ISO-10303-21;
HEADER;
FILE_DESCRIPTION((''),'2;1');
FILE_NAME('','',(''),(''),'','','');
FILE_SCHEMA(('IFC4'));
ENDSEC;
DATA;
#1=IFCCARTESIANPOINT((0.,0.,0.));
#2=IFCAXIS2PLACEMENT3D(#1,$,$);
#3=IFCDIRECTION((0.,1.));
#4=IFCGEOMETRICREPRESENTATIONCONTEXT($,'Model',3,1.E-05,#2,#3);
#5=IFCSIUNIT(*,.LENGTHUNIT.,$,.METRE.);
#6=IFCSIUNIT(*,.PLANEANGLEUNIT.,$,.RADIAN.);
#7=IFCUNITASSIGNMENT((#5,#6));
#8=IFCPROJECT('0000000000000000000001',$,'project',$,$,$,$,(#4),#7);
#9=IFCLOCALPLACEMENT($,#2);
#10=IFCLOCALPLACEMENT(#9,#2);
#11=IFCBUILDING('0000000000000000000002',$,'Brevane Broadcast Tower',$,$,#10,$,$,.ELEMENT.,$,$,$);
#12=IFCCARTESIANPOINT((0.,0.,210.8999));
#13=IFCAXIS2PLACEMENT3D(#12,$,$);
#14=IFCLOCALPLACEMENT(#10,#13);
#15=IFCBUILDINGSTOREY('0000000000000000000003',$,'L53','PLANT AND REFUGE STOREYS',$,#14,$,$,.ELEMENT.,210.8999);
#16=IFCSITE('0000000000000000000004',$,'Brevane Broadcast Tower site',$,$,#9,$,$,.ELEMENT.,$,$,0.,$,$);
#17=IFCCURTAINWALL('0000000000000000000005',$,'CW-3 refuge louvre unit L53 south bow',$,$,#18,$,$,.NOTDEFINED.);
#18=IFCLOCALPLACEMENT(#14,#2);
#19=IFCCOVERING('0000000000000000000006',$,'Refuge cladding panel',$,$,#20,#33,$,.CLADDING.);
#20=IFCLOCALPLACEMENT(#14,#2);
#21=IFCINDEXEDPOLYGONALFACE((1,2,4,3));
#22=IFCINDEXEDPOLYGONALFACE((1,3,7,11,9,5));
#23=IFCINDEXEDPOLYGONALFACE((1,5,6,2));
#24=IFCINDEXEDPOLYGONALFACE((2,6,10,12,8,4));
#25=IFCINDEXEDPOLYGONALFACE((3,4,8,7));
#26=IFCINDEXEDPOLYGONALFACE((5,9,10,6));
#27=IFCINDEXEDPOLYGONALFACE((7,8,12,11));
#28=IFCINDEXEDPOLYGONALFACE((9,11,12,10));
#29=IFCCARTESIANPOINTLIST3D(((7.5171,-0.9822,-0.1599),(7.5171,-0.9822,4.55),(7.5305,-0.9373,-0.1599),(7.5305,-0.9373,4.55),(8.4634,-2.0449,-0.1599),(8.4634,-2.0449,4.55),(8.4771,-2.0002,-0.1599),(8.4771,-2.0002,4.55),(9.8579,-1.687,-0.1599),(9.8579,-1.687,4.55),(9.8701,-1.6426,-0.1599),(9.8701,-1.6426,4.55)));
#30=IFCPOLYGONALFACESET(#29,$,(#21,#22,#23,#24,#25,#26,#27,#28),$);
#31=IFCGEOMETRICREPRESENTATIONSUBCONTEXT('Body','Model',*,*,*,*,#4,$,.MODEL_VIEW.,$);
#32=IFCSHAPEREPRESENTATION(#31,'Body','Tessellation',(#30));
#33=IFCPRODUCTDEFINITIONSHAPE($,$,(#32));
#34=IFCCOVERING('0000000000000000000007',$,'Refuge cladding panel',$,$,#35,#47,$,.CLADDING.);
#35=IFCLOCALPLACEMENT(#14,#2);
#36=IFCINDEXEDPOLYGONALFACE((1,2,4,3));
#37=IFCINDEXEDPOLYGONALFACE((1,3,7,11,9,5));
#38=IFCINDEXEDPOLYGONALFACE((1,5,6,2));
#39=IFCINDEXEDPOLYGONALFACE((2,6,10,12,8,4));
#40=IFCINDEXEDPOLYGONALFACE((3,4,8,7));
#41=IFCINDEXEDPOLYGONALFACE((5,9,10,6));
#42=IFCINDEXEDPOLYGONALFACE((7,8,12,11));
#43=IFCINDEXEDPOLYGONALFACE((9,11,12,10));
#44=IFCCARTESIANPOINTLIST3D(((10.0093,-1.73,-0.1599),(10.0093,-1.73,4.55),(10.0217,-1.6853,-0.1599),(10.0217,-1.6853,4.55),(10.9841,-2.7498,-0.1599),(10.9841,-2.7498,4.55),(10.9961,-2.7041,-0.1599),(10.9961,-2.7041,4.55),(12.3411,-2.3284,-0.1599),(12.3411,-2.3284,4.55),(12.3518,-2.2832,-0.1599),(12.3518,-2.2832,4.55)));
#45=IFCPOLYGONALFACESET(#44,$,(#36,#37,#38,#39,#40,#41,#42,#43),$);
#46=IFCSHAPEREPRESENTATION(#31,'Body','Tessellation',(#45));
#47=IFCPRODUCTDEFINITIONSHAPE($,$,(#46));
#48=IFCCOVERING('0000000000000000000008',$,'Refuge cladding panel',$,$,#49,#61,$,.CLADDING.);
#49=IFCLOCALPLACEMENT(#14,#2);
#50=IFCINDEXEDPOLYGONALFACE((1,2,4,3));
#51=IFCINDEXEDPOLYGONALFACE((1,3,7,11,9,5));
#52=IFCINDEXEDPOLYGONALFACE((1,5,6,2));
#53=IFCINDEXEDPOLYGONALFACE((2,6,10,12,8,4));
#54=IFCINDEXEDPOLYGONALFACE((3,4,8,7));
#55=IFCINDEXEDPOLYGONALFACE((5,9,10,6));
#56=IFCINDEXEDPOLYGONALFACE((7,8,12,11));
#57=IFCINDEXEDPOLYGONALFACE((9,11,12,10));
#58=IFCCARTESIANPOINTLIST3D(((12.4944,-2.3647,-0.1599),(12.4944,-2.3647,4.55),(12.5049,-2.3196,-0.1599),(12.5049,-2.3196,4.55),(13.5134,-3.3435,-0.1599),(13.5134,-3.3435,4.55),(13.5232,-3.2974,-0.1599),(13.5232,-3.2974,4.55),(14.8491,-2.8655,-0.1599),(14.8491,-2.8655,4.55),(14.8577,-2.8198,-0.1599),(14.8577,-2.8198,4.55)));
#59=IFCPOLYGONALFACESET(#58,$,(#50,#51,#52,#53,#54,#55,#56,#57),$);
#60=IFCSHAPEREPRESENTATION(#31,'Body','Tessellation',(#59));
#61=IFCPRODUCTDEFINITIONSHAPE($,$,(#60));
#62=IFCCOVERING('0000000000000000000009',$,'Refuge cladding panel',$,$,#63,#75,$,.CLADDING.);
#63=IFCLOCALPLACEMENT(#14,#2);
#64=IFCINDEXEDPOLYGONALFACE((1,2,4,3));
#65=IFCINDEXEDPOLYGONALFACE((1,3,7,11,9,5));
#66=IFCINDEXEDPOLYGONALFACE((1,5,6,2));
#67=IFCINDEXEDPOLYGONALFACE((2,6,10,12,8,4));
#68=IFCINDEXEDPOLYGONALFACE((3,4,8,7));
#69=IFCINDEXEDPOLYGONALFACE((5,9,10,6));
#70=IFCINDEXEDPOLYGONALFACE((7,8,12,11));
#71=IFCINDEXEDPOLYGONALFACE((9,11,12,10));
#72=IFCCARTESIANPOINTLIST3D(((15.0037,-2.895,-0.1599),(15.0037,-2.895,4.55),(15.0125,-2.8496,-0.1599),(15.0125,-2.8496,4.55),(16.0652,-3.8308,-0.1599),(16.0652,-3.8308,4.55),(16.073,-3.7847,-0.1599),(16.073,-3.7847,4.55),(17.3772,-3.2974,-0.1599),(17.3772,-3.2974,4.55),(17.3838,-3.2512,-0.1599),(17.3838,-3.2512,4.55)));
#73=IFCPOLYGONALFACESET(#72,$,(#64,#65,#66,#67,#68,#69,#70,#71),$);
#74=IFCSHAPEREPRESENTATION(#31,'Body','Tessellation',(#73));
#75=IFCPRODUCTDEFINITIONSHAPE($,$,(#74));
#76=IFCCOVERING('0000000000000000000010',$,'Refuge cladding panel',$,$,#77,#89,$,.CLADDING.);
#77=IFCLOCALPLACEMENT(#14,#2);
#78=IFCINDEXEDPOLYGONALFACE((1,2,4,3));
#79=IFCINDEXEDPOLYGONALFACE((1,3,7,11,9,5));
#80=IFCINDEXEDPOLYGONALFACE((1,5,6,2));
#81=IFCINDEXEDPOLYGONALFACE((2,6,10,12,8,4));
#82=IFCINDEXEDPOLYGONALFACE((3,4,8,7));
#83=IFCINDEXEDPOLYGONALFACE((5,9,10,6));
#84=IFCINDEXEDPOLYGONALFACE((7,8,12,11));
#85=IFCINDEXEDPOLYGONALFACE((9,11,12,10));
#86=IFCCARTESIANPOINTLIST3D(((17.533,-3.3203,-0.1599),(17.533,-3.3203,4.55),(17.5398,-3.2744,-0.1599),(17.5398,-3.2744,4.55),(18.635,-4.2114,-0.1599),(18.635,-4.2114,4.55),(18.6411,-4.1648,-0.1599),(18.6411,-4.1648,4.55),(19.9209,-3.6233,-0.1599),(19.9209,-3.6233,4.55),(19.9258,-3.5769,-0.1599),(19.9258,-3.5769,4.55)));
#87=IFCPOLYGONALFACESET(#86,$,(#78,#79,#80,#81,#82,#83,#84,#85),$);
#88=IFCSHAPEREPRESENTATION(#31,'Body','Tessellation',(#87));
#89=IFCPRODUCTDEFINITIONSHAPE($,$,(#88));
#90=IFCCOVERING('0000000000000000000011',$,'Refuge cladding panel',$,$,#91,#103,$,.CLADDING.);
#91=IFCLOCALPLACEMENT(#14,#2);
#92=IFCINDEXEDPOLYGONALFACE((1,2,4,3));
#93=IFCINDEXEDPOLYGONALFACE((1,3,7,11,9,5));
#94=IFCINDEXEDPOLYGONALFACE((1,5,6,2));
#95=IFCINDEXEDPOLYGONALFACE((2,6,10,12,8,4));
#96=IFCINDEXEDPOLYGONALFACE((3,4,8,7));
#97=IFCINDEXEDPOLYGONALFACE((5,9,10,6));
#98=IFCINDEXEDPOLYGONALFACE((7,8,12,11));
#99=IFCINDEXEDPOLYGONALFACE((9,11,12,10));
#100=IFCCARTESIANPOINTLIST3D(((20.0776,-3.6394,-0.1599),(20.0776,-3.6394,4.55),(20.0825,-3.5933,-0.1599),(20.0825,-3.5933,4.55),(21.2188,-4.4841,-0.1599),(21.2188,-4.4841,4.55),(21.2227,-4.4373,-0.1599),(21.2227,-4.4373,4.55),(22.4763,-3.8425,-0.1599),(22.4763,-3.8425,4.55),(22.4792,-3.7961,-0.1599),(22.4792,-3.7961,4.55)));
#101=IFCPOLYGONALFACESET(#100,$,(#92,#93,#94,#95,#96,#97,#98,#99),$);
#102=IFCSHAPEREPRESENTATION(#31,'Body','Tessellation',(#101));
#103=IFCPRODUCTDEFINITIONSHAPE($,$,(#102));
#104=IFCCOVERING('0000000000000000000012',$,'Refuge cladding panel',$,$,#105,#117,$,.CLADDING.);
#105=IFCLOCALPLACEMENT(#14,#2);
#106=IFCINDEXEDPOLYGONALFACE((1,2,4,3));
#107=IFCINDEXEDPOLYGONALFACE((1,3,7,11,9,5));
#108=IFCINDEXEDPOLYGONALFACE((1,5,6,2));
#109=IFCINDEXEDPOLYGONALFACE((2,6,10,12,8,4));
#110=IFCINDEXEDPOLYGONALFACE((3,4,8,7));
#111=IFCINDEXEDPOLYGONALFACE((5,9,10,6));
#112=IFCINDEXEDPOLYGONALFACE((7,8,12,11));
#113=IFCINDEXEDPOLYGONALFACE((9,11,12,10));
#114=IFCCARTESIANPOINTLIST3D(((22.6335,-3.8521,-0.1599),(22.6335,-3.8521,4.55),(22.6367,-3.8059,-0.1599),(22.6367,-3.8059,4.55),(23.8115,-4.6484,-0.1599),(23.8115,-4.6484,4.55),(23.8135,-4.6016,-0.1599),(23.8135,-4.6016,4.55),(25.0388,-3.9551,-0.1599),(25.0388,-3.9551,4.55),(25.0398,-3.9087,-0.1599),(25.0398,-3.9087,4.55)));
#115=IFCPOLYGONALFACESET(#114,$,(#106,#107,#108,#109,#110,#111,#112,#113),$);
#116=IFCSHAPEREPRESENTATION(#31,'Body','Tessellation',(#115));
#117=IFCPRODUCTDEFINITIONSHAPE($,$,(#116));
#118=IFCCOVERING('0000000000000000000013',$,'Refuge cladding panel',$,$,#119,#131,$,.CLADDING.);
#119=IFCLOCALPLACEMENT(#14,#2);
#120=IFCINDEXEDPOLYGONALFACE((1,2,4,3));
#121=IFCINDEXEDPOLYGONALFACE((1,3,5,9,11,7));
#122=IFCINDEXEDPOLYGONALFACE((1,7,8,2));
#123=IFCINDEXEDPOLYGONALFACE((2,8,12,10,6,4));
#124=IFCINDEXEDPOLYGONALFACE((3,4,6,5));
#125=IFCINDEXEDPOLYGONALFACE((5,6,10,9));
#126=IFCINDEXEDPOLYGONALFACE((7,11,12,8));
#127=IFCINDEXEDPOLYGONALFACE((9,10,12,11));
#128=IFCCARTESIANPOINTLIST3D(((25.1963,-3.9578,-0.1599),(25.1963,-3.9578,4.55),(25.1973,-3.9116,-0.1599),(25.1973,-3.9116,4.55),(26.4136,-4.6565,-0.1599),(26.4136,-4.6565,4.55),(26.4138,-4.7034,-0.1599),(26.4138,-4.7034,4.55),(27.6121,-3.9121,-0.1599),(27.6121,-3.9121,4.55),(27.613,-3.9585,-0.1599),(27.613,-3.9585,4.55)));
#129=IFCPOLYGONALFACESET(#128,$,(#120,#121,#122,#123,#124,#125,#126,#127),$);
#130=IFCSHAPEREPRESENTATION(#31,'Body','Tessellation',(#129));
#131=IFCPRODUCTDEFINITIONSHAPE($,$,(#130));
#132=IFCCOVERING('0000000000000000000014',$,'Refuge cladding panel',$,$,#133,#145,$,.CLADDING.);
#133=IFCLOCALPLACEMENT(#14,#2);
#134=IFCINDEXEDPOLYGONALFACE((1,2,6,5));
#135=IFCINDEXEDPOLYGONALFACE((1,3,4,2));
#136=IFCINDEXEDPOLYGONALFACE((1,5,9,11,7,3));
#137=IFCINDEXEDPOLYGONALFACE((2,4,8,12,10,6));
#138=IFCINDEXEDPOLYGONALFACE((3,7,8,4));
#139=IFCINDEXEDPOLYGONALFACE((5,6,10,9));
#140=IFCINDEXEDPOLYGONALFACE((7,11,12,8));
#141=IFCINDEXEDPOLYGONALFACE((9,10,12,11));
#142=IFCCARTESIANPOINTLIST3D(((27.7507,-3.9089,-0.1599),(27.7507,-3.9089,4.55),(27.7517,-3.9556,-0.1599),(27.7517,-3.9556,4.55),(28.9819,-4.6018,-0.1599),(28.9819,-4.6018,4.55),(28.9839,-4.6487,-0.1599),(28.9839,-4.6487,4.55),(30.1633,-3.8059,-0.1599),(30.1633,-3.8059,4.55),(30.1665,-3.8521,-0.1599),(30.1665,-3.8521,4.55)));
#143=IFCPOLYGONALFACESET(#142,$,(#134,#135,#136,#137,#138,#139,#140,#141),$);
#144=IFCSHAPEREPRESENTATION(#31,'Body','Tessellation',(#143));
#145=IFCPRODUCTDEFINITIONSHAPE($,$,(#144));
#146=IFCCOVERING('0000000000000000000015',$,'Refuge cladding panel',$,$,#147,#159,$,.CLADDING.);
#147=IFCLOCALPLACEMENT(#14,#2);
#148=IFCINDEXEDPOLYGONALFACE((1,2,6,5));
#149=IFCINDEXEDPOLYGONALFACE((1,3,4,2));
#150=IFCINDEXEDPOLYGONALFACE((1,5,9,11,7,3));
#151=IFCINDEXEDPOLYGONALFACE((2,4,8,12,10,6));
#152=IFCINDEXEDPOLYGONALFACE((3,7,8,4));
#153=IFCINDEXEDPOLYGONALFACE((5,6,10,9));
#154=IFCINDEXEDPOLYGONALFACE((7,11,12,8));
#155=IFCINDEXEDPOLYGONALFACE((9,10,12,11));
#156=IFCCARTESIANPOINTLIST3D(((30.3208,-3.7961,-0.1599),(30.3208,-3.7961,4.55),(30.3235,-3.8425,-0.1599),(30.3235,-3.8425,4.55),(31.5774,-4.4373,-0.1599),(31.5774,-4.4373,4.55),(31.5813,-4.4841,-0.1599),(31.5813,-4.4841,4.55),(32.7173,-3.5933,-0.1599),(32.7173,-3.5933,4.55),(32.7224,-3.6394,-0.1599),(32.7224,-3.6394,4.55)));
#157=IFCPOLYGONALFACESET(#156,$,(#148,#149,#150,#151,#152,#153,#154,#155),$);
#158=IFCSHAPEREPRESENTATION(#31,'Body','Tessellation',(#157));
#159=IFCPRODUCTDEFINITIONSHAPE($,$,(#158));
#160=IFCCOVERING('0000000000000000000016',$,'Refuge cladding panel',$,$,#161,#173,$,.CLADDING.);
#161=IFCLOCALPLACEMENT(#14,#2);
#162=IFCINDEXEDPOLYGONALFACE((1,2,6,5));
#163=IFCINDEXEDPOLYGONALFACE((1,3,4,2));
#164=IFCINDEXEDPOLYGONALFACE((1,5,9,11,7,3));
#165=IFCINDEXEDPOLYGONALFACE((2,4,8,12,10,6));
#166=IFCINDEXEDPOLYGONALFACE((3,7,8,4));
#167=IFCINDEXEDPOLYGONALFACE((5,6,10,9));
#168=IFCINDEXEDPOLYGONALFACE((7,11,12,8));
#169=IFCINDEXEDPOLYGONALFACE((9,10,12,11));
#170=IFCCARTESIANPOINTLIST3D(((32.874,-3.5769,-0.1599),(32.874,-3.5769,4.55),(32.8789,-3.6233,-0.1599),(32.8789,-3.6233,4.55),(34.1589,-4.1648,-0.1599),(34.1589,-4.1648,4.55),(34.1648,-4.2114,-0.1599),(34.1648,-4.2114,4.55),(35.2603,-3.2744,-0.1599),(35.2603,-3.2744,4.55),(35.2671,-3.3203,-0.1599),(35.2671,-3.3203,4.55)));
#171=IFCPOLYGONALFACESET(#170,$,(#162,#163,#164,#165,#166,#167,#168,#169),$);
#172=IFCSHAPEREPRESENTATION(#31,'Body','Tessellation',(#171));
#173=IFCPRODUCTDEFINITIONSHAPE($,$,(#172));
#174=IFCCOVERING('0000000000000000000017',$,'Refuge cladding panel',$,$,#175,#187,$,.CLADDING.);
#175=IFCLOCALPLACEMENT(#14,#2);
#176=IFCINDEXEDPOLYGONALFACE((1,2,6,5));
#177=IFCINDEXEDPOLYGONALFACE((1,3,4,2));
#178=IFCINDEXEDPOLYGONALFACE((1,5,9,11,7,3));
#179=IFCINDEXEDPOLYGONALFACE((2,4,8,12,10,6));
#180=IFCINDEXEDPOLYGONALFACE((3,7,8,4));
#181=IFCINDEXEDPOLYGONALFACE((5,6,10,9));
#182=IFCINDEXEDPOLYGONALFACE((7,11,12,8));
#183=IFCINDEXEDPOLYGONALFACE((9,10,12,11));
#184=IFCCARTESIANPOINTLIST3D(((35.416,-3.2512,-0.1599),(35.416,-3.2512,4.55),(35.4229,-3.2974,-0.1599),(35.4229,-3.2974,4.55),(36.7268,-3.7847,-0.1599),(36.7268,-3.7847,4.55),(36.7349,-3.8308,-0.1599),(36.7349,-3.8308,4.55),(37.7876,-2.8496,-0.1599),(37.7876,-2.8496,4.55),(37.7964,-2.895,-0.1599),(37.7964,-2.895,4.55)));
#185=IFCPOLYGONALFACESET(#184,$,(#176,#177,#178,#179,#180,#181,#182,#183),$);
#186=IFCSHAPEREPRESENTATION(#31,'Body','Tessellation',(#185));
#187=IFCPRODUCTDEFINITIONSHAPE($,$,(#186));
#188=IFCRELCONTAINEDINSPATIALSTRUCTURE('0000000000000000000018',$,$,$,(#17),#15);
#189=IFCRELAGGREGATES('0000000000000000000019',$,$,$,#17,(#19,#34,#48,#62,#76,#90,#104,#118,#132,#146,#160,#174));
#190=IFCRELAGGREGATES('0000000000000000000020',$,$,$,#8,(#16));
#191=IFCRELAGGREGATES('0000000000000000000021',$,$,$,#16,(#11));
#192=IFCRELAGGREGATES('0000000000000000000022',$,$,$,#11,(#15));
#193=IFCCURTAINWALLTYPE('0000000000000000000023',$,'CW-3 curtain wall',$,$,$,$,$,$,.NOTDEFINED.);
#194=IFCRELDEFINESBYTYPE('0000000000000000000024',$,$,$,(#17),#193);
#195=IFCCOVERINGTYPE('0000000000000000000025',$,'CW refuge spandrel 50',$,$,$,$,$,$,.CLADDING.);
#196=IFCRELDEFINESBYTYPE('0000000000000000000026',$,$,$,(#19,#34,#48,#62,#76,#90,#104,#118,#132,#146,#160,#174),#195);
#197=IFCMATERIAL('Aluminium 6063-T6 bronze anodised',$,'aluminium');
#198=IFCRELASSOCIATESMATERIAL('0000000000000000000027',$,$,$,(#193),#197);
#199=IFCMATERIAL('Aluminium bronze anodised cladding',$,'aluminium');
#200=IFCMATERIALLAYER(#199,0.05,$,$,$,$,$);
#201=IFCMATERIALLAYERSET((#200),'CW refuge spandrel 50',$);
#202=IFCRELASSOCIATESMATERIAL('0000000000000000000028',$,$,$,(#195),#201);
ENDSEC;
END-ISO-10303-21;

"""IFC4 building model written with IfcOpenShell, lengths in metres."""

from ifc_helpers import new_model, si_unit, direction, frame, origin, place, context, subcontext, project, spatial, polyline, outline, extrude, material, layer, layer_set, type_object, element, aggregate, save


model = new_model("IFC4")

# Units and contexts
model_context = context("Model", 3, precision=1e-05, world=origin(), true_north=direction((0.0, 1.0)))
body_context = subcontext(model_context, "Body", "Model", "MODEL_VIEW")
ifc_project = project(units=[si_unit("LENGTHUNIT", "METRE"), si_unit("PLANEANGLEUNIT", "RADIAN")], contexts=[model_context])

# Site, building, storey
site_placement = place(None, origin())
site = spatial("IfcSite", under=ifc_project, at=site_placement, Name="Brevane Broadcast Tower site", CompositionType="ELEMENT", RefElevation=0.0)
building_placement = place(site_placement, origin())
building = spatial("IfcBuilding", under=site, at=building_placement, Name="Brevane Broadcast Tower", CompositionType="ELEMENT")
storey_placement = place(building_placement, frame((0.0, 0.0, 210.8999)))
storey = spatial("IfcBuildingStorey", under=building, at=storey_placement, Name="L53", Description="PLANT AND REFUGE STOREYS", CompositionType="ELEMENT", Elevation=210.8999)

# Curtain wall, coverings
ifc_material_1 = material(Name="Aluminium 6063-T6 bronze anodised", Category="aluminium")
curtain_wall_type = type_object("IfcCurtainWallType", Name="CW-3 curtain wall", PredefinedType="NOTDEFINED", material=ifc_material_1)
curtain_wall_1_placement = place(storey_placement, origin())
curtain_wall_1 = element("IfcCurtainWall", 1, at=curtain_wall_1_placement, inside=storey, type_object=curtain_wall_type, Name="CW-3 refuge louvre unit L53 south bow", PredefinedType="NOTDEFINED")
ifc_material_2 = material(Name="Aluminium bronze anodised cladding", Category="aluminium")
ifc_layer = layer(ifc_material_2, 0.05)
ifc_layer_set = layer_set([ifc_layer], Name="CW refuge spandrel 50")
covering_type = type_object("IfcCoveringType", Name="CW refuge spandrel 50", PredefinedType="CLADDING", material=ifc_layer_set)
covering_1_placement = place(storey_placement, frame((0.0, 0.0, -0.1599)))
covering_1 = element("IfcCovering", 2, at=covering_1_placement, type_object=covering_type, Name="Refuge cladding panel", PredefinedType="CLADDING", context=body_context, shape_type="SweptSolid", body=[
    extrude(outline(polyline([(7.5305, -0.9373), (7.5171, -0.9822), (8.4634, -2.0449), (9.8579, -1.687), (9.8701, -1.6426), (8.4771, -2.0002), (7.5305, -0.9373)])), origin(), (0.0, 0.0, 1.0), 4.71),
])
covering_2_placement = place(storey_placement, frame((0.0, 0.0, -0.1599)))
covering_2 = element("IfcCovering", 3, at=covering_2_placement, type_object=covering_type, Name="Refuge cladding panel", PredefinedType="CLADDING", context=body_context, shape_type="SweptSolid", body=[
    extrude(outline(polyline([(10.0217, -1.6853), (10.0093, -1.73), (10.9841, -2.7498), (12.3411, -2.3284), (12.3518, -2.2832), (10.9961, -2.7041), (10.0217, -1.6853)])), origin(), (0.0, 0.0, 1.0), 4.71),
])
covering_3_placement = place(storey_placement, frame((0.0, 0.0, -0.1599)))
covering_3 = element("IfcCovering", 4, at=covering_3_placement, type_object=covering_type, Name="Refuge cladding panel", PredefinedType="CLADDING", context=body_context, shape_type="SweptSolid", body=[
    extrude(outline(polyline([(12.5049, -2.3196), (12.4944, -2.3647), (13.5134, -3.3435), (14.8491, -2.8655), (14.8577, -2.8198), (13.5232, -3.2974), (12.5049, -2.3196)])), origin(), (0.0, 0.0, 1.0), 4.71),
])
covering_4_placement = place(storey_placement, frame((0.0, 0.0, -0.1599)))
covering_4 = element("IfcCovering", 5, at=covering_4_placement, type_object=covering_type, Name="Refuge cladding panel", PredefinedType="CLADDING", context=body_context, shape_type="SweptSolid", body=[
    extrude(outline(polyline([(15.0125, -2.8496), (15.0037, -2.895), (16.0652, -3.8308), (17.3772, -3.2974), (17.3838, -3.2512), (16.073, -3.7847), (15.0125, -2.8496)])), origin(), (0.0, 0.0, 1.0), 4.71),
])
covering_5_placement = place(storey_placement, frame((0.0, 0.0, -0.1599)))
covering_5 = element("IfcCovering", 6, at=covering_5_placement, type_object=covering_type, Name="Refuge cladding panel", PredefinedType="CLADDING", context=body_context, shape_type="SweptSolid", body=[
    extrude(outline(polyline([(17.5398, -3.2744), (17.533, -3.3203), (18.635, -4.2114), (19.9209, -3.6233), (19.9258, -3.5769), (18.6411, -4.1648), (17.5398, -3.2744)])), origin(), (0.0, 0.0, 1.0), 4.71),
])
covering_6_placement = place(storey_placement, frame((0.0, 0.0, -0.1599)))
covering_6 = element("IfcCovering", 7, at=covering_6_placement, type_object=covering_type, Name="Refuge cladding panel", PredefinedType="CLADDING", context=body_context, shape_type="SweptSolid", body=[
    extrude(outline(polyline([(20.0825, -3.5933), (20.0776, -3.6394), (21.2188, -4.4841), (22.4763, -3.8425), (22.4792, -3.7961), (21.2227, -4.4373), (20.0825, -3.5933)])), origin(), (0.0, 0.0, 1.0), 4.71),
])
covering_7_placement = place(storey_placement, frame((0.0, 0.0, -0.1599)))
covering_7 = element("IfcCovering", 8, at=covering_7_placement, type_object=covering_type, Name="Refuge cladding panel", PredefinedType="CLADDING", context=body_context, shape_type="SweptSolid", body=[
    extrude(outline(polyline([(22.6367, -3.8059), (22.6335, -3.8521), (23.8115, -4.6484), (25.0388, -3.9551), (25.0398, -3.9087), (23.8135, -4.6016), (22.6367, -3.8059)])), origin(), (0.0, 0.0, 1.0), 4.71),
])
covering_8_placement = place(storey_placement, frame((0.0, 0.0, -0.1599)))
covering_8 = element("IfcCovering", 9, at=covering_8_placement, type_object=covering_type, Name="Refuge cladding panel", PredefinedType="CLADDING", context=body_context, shape_type="SweptSolid", body=[
    extrude(outline(polyline([(25.1973, -3.9116), (25.1963, -3.9578), (26.4138, -4.7034), (27.613, -3.9585), (27.6121, -3.9121), (26.4136, -4.6565), (25.1973, -3.9116)])), origin(), (0.0, 0.0, 1.0), 4.71),
])
covering_9_placement = place(storey_placement, frame((0.0, 0.0, -0.1599)))
covering_9 = element("IfcCovering", 10, at=covering_9_placement, type_object=covering_type, Name="Refuge cladding panel", PredefinedType="CLADDING", context=body_context, shape_type="SweptSolid", body=[
    extrude(outline(polyline([(27.7507, -3.9089), (27.7517, -3.9556), (28.9839, -4.6487), (30.1665, -3.8521), (30.1633, -3.8059), (28.9819, -4.6018), (27.7507, -3.9089)])), origin(), (0.0, 0.0, 1.0), 4.71),
])
covering_10_placement = place(storey_placement, frame((0.0, 0.0, -0.1599)))
covering_10 = element("IfcCovering", 11, at=covering_10_placement, type_object=covering_type, Name="Refuge cladding panel", PredefinedType="CLADDING", context=body_context, shape_type="SweptSolid", body=[
    extrude(outline(polyline([(30.3208, -3.7961), (30.3235, -3.8425), (31.5813, -4.4841), (32.7224, -3.6394), (32.7173, -3.5933), (31.5774, -4.4373), (30.3208, -3.7961)])), origin(), (0.0, 0.0, 1.0), 4.71),
])
covering_11_placement = place(storey_placement, frame((0.0, 0.0, -0.1599)))
covering_11 = element("IfcCovering", 12, at=covering_11_placement, type_object=covering_type, Name="Refuge cladding panel", PredefinedType="CLADDING", context=body_context, shape_type="SweptSolid", body=[
    extrude(outline(polyline([(32.874, -3.5769), (32.8789, -3.6233), (34.1648, -4.2114), (35.2671, -3.3203), (35.2603, -3.2744), (34.1589, -4.1648), (32.874, -3.5769)])), origin(), (0.0, 0.0, 1.0), 4.71),
])
covering_12_placement = place(storey_placement, frame((0.0, 0.0, -0.1599)))
covering_12 = element("IfcCovering", 13, at=covering_12_placement, type_object=covering_type, Name="Refuge cladding panel", PredefinedType="CLADDING", context=body_context, shape_type="SweptSolid", body=[
    extrude(outline(polyline([(35.416, -3.2512), (35.4229, -3.2974), (36.7349, -3.8308), (37.7964, -2.895), (37.7876, -2.8496), (36.7268, -3.7847), (35.416, -3.2512)])), origin(), (0.0, 0.0, 1.0), 4.71),
])
aggregate(curtain_wall_1, [covering_1, covering_2, covering_3, covering_4, covering_5, covering_6, covering_7, covering_8, covering_9, covering_10, covering_11, covering_12])

save(model, "model.ifc")
